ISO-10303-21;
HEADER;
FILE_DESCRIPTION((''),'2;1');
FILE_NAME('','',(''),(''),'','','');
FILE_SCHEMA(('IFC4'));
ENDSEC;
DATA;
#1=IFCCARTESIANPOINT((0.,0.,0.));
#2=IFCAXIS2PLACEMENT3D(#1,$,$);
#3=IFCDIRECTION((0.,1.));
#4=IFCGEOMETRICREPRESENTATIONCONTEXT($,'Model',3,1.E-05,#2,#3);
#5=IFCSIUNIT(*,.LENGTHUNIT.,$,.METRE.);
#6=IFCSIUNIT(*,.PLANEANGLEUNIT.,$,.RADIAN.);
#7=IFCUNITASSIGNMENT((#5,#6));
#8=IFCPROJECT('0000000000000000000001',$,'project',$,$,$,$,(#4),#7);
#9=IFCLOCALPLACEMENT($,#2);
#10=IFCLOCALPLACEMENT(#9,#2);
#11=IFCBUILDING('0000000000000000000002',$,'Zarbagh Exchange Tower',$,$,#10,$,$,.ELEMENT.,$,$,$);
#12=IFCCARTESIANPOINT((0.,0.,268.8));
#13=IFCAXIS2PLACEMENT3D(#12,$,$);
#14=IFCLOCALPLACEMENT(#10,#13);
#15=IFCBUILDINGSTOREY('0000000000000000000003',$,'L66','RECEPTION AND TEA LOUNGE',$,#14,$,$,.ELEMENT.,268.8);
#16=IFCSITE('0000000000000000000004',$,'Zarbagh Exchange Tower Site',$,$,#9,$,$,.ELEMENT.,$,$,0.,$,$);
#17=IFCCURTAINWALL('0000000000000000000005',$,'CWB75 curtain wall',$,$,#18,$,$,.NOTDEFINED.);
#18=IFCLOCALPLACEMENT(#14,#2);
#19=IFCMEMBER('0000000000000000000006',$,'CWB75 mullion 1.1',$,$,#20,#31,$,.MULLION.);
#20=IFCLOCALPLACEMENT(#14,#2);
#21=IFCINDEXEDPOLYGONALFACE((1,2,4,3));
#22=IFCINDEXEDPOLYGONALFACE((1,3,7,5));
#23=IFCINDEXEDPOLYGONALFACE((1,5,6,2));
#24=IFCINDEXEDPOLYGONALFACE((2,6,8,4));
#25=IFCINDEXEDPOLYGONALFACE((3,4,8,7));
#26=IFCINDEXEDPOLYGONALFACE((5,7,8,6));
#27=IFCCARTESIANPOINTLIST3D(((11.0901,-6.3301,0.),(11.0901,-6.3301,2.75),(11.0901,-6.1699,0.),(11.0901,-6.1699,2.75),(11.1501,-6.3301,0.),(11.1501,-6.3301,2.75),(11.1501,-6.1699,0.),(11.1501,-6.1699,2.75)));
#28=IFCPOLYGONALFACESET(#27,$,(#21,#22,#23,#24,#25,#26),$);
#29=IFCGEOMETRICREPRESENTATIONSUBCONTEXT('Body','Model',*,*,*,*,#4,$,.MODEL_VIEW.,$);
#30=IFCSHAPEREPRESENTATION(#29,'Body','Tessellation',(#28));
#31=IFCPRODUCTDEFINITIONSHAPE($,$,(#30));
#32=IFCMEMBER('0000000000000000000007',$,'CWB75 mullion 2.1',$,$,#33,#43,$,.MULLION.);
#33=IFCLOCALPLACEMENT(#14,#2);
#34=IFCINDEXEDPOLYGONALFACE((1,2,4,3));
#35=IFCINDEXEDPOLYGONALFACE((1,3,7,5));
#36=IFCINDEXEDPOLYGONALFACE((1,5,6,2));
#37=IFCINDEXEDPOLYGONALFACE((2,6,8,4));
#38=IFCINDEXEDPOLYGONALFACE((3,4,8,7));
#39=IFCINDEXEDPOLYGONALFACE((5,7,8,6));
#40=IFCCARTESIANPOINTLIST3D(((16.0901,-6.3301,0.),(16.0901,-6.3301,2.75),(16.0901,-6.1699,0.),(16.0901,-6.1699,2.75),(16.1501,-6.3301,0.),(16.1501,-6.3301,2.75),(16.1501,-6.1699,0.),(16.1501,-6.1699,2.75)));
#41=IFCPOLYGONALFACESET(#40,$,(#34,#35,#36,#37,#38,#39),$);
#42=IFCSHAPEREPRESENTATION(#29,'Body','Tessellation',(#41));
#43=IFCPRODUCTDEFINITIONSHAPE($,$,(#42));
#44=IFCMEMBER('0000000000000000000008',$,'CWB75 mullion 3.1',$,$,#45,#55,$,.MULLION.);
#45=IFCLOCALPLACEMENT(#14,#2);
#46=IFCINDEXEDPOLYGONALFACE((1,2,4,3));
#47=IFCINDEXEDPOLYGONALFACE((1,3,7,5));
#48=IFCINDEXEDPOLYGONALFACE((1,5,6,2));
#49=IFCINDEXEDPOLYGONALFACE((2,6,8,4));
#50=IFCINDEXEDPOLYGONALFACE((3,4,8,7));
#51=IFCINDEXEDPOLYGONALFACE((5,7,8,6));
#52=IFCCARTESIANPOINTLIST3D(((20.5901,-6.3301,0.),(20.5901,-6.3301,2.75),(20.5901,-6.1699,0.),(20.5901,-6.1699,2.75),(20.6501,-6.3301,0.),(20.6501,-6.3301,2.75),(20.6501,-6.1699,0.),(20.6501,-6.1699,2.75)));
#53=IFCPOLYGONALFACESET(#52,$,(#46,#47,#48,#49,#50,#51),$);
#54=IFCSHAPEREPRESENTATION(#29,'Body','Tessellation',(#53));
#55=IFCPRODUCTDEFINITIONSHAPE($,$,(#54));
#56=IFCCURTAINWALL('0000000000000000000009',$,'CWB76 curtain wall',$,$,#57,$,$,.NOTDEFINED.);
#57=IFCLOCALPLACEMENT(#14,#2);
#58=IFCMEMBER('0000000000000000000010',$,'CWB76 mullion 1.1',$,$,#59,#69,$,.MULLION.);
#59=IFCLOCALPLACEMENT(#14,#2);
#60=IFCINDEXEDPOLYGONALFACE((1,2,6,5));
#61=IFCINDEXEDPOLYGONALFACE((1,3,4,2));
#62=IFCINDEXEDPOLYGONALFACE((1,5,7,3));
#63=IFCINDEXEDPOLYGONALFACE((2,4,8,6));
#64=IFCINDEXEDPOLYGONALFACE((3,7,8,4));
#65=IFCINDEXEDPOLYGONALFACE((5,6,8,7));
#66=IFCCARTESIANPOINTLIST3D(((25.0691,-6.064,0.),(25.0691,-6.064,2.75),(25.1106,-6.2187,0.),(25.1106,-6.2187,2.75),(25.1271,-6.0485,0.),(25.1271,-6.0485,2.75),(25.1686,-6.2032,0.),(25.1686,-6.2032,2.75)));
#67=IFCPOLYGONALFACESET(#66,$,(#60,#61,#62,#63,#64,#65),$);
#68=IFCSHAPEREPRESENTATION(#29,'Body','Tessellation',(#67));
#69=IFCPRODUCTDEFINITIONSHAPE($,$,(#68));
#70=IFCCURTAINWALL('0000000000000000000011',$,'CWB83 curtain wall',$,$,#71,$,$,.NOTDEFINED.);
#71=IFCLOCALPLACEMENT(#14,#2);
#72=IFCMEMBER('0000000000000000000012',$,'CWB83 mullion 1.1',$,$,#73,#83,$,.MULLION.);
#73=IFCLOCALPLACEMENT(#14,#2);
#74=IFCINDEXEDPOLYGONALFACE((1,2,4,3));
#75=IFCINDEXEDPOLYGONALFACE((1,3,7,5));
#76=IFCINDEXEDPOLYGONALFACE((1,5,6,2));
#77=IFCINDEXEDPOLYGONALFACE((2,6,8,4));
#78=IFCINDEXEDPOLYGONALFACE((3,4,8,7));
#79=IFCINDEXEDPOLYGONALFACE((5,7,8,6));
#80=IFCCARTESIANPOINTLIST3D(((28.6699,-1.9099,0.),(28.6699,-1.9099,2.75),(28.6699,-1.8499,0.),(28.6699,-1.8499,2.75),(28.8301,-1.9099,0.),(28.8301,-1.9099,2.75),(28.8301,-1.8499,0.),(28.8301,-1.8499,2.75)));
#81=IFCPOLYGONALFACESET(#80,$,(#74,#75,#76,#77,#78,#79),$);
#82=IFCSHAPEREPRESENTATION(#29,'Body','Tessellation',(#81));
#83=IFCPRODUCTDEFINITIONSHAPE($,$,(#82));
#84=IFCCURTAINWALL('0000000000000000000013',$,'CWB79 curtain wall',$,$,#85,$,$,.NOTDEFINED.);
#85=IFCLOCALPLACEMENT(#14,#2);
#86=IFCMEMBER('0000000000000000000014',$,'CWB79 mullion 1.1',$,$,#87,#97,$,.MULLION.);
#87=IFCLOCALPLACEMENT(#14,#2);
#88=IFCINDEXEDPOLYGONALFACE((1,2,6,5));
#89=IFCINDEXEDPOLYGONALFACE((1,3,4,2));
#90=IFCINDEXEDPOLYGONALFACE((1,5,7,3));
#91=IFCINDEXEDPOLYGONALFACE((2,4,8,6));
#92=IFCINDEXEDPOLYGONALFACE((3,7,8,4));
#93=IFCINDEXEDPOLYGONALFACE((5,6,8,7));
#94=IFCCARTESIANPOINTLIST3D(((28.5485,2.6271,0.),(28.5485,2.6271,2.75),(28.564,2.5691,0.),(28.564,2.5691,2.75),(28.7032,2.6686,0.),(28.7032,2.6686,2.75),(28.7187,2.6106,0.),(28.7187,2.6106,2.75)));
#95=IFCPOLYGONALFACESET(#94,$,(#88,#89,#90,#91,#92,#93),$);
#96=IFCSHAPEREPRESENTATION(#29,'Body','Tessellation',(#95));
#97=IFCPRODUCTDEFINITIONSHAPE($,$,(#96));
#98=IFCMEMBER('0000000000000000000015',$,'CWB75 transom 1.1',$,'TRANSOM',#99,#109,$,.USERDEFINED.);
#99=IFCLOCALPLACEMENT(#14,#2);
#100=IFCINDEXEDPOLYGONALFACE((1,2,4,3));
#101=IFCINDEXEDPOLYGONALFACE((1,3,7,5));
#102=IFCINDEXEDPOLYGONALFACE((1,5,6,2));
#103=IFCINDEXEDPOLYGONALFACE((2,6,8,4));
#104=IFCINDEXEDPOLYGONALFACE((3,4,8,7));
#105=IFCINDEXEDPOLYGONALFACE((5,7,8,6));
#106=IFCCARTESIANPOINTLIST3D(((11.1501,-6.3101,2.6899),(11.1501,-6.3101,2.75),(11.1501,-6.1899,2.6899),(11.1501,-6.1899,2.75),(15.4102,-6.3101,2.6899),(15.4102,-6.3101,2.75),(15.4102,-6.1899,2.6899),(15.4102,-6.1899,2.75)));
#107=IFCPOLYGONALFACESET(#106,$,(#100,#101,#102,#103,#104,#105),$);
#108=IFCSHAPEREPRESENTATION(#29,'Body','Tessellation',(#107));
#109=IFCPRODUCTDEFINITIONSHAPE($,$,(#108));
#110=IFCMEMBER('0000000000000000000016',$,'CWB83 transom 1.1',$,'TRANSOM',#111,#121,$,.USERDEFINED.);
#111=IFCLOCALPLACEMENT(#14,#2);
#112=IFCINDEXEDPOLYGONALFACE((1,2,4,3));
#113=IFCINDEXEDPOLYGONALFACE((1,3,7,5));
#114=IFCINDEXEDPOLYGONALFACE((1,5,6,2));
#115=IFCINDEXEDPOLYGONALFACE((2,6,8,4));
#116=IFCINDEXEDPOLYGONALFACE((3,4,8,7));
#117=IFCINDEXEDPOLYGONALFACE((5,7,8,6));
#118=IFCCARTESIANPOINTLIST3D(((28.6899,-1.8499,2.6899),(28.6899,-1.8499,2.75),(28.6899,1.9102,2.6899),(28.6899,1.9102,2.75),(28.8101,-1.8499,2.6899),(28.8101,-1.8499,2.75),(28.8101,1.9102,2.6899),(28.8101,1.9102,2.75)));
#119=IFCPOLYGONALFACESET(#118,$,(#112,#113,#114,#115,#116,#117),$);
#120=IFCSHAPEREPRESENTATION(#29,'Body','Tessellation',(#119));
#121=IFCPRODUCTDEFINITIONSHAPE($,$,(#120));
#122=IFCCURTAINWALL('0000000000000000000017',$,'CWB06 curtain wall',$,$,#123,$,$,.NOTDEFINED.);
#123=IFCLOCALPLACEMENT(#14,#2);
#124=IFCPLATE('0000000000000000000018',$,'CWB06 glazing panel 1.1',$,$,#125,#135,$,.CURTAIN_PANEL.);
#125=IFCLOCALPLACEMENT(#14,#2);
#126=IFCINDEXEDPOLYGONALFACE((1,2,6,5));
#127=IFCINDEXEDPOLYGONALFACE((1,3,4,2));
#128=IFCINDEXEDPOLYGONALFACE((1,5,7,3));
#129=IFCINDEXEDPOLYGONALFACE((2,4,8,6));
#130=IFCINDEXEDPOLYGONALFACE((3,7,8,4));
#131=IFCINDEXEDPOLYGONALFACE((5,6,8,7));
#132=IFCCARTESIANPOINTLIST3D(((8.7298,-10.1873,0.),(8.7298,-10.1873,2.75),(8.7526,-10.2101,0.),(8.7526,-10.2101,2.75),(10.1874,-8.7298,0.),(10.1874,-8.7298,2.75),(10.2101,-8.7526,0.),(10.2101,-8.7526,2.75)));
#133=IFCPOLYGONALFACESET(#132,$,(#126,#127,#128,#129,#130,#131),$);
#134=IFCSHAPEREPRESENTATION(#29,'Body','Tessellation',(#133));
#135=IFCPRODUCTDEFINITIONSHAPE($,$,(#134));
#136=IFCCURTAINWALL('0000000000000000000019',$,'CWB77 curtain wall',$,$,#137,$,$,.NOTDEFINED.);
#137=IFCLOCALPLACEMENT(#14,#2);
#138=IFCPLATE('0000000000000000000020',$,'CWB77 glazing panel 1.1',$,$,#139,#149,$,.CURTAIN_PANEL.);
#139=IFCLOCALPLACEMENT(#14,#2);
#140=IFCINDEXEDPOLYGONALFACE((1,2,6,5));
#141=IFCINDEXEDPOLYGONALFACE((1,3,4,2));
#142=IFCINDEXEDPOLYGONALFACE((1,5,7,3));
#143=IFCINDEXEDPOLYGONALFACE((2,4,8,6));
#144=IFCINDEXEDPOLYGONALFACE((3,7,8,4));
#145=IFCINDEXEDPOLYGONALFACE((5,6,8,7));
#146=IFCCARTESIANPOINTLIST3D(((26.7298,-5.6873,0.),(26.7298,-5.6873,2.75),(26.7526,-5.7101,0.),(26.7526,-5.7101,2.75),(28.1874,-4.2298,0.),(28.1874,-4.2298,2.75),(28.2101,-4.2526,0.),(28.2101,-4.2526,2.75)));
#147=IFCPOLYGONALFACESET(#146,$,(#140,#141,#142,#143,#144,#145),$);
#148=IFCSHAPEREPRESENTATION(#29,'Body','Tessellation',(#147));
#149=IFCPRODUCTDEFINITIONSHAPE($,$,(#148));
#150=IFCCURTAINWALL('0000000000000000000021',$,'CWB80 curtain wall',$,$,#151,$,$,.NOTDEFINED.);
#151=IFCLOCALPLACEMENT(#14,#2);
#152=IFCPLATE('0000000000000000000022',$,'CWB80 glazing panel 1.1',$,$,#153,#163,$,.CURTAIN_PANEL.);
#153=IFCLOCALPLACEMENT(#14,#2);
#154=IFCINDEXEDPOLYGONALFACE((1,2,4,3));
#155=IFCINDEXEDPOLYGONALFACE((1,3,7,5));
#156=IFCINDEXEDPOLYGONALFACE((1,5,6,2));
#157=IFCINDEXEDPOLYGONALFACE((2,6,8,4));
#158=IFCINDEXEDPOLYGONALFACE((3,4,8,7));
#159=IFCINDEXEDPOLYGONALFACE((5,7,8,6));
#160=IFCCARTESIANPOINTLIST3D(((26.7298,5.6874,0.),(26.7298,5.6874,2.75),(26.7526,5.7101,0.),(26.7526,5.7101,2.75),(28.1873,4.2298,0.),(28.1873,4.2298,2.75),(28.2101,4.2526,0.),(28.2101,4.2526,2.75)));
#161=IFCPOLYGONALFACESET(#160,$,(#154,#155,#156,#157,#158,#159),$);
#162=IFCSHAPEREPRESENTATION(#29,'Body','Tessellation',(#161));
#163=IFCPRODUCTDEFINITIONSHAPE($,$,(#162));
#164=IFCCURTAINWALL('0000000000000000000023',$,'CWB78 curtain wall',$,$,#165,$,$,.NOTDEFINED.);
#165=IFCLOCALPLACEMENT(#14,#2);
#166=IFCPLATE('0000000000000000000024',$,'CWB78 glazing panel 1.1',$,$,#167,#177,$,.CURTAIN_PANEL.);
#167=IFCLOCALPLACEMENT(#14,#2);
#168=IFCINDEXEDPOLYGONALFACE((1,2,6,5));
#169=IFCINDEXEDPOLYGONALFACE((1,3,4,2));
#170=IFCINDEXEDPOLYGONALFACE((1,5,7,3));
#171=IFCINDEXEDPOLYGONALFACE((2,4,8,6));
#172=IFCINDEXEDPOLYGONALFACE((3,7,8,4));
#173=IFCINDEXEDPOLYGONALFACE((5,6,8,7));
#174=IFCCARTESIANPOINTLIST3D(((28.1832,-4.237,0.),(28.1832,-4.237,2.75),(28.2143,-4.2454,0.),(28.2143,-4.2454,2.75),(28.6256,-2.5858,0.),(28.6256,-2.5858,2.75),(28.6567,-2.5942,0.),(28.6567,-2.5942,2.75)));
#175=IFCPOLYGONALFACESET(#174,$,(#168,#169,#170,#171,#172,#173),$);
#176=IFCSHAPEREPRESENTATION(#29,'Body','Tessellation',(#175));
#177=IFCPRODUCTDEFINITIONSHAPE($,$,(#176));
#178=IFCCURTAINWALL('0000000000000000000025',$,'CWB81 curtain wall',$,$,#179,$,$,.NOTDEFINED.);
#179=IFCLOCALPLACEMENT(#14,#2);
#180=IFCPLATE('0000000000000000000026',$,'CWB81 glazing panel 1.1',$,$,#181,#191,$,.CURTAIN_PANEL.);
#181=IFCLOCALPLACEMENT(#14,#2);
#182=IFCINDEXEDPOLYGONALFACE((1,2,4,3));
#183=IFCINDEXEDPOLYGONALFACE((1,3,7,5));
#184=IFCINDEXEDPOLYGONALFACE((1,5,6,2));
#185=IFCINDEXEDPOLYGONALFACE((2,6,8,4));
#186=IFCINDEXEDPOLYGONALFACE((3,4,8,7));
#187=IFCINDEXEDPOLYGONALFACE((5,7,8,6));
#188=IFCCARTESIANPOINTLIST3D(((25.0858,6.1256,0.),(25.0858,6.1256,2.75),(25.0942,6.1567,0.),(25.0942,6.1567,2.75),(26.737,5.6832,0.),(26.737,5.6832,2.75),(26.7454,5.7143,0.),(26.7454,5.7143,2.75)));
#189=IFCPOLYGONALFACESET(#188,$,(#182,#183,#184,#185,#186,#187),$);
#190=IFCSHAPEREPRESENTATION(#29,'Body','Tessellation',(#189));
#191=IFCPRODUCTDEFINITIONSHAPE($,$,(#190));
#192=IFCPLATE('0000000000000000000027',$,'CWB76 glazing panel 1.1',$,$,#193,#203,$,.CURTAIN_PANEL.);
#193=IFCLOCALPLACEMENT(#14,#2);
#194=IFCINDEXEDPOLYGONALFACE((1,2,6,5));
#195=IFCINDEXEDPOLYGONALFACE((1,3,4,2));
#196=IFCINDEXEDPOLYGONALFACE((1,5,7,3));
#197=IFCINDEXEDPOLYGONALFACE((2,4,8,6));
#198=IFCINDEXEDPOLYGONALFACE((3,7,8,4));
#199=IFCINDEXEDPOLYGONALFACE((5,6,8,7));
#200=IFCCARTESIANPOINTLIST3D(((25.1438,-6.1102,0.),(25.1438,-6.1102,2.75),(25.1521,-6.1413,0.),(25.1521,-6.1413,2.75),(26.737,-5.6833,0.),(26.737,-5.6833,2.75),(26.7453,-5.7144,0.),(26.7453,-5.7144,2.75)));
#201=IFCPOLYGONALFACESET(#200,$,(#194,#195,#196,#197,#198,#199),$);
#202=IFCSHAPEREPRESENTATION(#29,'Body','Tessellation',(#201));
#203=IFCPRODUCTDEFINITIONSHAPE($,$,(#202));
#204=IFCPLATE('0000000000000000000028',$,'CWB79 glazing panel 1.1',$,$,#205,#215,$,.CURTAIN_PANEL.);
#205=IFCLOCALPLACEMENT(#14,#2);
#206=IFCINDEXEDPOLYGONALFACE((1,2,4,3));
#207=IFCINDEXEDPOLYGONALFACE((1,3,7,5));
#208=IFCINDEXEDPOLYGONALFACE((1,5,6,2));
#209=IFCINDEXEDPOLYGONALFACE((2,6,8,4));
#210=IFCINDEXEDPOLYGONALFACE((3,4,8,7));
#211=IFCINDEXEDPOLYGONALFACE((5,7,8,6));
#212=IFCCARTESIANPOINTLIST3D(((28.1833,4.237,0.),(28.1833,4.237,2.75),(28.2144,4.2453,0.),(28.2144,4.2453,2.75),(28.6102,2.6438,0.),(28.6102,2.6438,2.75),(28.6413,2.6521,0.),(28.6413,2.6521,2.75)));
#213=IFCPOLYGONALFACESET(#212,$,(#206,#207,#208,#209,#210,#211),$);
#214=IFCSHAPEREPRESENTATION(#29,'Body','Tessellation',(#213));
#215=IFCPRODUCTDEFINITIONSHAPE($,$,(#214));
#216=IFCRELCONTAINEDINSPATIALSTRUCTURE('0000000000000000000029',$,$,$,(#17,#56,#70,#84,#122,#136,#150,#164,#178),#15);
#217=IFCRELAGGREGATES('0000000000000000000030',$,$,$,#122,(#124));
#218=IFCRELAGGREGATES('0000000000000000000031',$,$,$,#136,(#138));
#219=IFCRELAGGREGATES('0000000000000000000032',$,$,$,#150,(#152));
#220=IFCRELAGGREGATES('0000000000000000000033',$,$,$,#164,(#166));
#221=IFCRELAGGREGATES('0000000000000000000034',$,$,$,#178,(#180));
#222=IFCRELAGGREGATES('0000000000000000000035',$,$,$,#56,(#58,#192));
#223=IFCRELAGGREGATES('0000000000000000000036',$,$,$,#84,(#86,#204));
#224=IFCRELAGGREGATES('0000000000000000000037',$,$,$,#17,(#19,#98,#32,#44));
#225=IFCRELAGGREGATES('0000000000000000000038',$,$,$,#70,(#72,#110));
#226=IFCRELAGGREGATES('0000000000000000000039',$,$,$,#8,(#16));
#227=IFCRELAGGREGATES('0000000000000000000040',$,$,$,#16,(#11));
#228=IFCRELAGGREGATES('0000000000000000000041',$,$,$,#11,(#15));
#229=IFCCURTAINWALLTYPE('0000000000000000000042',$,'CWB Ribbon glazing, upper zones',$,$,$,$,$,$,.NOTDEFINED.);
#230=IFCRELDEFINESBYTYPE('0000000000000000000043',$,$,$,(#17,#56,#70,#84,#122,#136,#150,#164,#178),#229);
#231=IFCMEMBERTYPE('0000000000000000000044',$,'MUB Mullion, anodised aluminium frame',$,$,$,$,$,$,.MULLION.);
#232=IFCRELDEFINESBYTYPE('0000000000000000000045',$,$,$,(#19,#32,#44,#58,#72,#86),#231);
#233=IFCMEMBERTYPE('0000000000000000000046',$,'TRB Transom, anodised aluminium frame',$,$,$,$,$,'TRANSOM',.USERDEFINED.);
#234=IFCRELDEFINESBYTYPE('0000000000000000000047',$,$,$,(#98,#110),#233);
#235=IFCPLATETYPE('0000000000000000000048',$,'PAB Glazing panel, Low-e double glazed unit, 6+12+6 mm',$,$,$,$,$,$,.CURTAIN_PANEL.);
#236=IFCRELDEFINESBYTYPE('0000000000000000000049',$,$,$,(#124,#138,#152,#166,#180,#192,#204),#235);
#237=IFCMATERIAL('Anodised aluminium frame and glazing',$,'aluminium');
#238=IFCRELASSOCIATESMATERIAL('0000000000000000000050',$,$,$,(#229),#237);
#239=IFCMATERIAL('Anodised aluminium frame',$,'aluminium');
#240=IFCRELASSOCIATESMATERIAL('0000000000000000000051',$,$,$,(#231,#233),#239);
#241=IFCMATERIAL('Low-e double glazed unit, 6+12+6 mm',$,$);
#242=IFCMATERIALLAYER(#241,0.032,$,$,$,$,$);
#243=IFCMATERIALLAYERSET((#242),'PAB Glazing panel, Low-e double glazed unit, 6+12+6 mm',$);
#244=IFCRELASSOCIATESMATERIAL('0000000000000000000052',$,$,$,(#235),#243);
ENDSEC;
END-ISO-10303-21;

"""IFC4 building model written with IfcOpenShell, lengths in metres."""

from ifc_helpers import new_model, si_unit, direction, frame, origin, place, context, subcontext, project, spatial, polyline, outline, extrude, source, transform, mapped, material, layer, layer_set, type_object, element, aggregate, save


model = new_model("IFC4")

# Units and contexts
model_context = context("Model", 3, precision=1e-05, world=origin(), true_north=direction((0.0, 1.0)))
body_context = subcontext(model_context, "Body", "Model", "MODEL_VIEW")
ifc_project = project(units=[si_unit("LENGTHUNIT", "METRE"), si_unit("PLANEANGLEUNIT", "RADIAN")], contexts=[model_context])

# Site, building, storey
site_placement = place(None, origin())
site = spatial("IfcSite", under=ifc_project, at=site_placement, Name="Zarbagh Exchange Tower Site", CompositionType="ELEMENT", RefElevation=0.0)
building_placement = place(site_placement, origin())
building = spatial("IfcBuilding", under=site, at=building_placement, Name="Zarbagh Exchange Tower", CompositionType="ELEMENT")
storey_placement = place(building_placement, frame((0.0, 0.0, 268.8)))
storey = spatial("IfcBuildingStorey", under=building, at=storey_placement, Name="L66", Description="RECEPTION AND TEA LOUNGE", CompositionType="ELEMENT", Elevation=268.8)

# Curtain wall, members
ifc_material_1 = material(Name="Anodised aluminium frame and glazing", Category="aluminium")
curtain_wall_type = type_object("IfcCurtainWallType", Name="CWB Ribbon glazing, upper zones", PredefinedType="NOTDEFINED", material=ifc_material_1)
curtain_wall_1_placement = place(storey_placement, origin())
curtain_wall_1 = element("IfcCurtainWall", 1, at=curtain_wall_1_placement, inside=storey, type_object=curtain_wall_type, Name="CWB75 curtain wall", PredefinedType="NOTDEFINED")
ifc_material_2 = material(Name="Anodised aluminium frame", Category="aluminium")
member_type_1 = type_object("IfcMemberType", Name="MUB Mullion, anodised aluminium frame", PredefinedType="MULLION", material=ifc_material_2)
shared_shape_1 = source(origin(), body_context, "Body", "SweptSolid", [
    extrude(outline(polyline([(0.0, -0.0801), (0.0601, -0.0801), (0.0601, 0.0801), (0.0, 0.0801), (0.0, -0.0801)])), origin(), (0.0, 0.0, 1.0), 2.75),
])
placement = place(storey_placement, origin())
member_1 = element("IfcMember", 2, at=placement, type_object=member_type_1, Name="CWB75 mullion 1.1", PredefinedType="MULLION", context=body_context, shape_type="MappedRepresentation", body=[
    mapped(shared_shape_1, transform((11.0901, -6.25, 0.0), x_axis=(1.0, 0.0, 0.0), y_axis=(0.0, 1.0, 0.0), z_axis=(0.0, 0.0, 1.0))),
])
member_2 = element("IfcMember", 3, at=placement, type_object=member_type_1, Name="CWB75 mullion 2.1", PredefinedType="MULLION", context=body_context, shape_type="MappedRepresentation", body=[
    mapped(shared_shape_1, transform((16.0901, -6.25, 0.0), x_axis=(1.0, 0.0, 0.0), y_axis=(0.0, 1.0, 0.0), z_axis=(0.0, 0.0, 1.0))),
])
member_3 = element("IfcMember", 4, at=placement, type_object=member_type_1, Name="CWB75 mullion 3.1", PredefinedType="MULLION", context=body_context, shape_type="MappedRepresentation", body=[
    mapped(shared_shape_1, transform((20.5901, -6.25, 0.0), x_axis=(1.0, 0.0, 0.0), y_axis=(0.0, 1.0, 0.0), z_axis=(0.0, 0.0, 1.0))),
])

# Curtain walls, members
curtain_wall_2_placement = place(storey_placement, origin())
curtain_wall_2 = element("IfcCurtainWall", 5, at=curtain_wall_2_placement, inside=storey, type_object=curtain_wall_type, Name="CWB76 curtain wall", PredefinedType="NOTDEFINED")
member_4 = element("IfcMember", 6, at=placement, type_object=member_type_1, Name="CWB76 mullion 1.1", PredefinedType="MULLION", context=body_context, shape_type="MappedRepresentation", body=[
    mapped(shared_shape_1, transform((25.0898, -6.1414, 0.0), x_axis=(0.965924, 0.258825, 0.0), y_axis=(-0.258825, 0.965924, 0.0), z_axis=(0.0, 0.0, 1.0))),
])
curtain_wall_3_placement = place(storey_placement, origin())
curtain_wall_3 = element("IfcCurtainWall", 7, at=curtain_wall_3_placement, inside=storey, type_object=curtain_wall_type, Name="CWB83 curtain wall", PredefinedType="NOTDEFINED")
member_5 = element("IfcMember", 8, at=placement, type_object=member_type_1, Name="CWB83 mullion 1.1", PredefinedType="MULLION", context=body_context, shape_type="MappedRepresentation", body=[
    mapped(shared_shape_1, transform((28.75, -1.9099, 0.0), x_axis=(0.0, 1.0, 0.0), y_axis=(-1.0, 0.0, 0.0), z_axis=(0.0, 0.0, 1.0))),
])
curtain_wall_4_placement = place(storey_placement, origin())
curtain_wall_4 = element("IfcCurtainWall", 9, at=curtain_wall_4_placement, inside=storey, type_object=curtain_wall_type, Name="CWB79 curtain wall", PredefinedType="NOTDEFINED")
member_6 = element("IfcMember", 10, at=placement, type_object=member_type_1, Name="CWB79 mullion 1.1", PredefinedType="MULLION", context=body_context, shape_type="MappedRepresentation", body=[
    mapped(shared_shape_1, transform((28.6414, 2.5898, 0.0), x_axis=(-0.258825, 0.965924, 0.0), y_axis=(-0.965924, -0.258825, 0.0), z_axis=(0.0, 0.0, 1.0))),
])

# Members
member_type_2 = type_object("IfcMemberType", Name="TRB Transom, anodised aluminium frame", ElementType="TRANSOM", PredefinedType="USERDEFINED", material=ifc_material_2)
shared_shape_2 = source(origin(), body_context, "Body", "SweptSolid", [
    extrude(outline(polyline([(-0.0601, -0.0601), (0.0, -0.0601), (0.0, 0.0601), (-0.0601, 0.0601), (-0.0601, -0.0601)])), origin(), (0.0, 0.0, 1.0), 4.26),
])
member_7 = element("IfcMember", 11, at=placement, type_object=member_type_2, Name="CWB75 transom 1.1", ObjectType="TRANSOM", PredefinedType="USERDEFINED", context=body_context, shape_type="MappedRepresentation", body=[
    mapped(shared_shape_2, transform((11.1501, -6.25, 2.75), x_axis=(0.0, 0.0, 1.0), y_axis=(0.0, -1.0, 0.0), z_axis=(1.0, 0.0, 0.0))),
])
shared_shape_3 = source(origin(), body_context, "Body", "SweptSolid", [
    extrude(outline(polyline([(-0.0601, -0.0601), (0.0, -0.0601), (0.0, 0.0601), (-0.0601, 0.0601), (-0.0601, -0.0601)])), origin(), (0.0, 0.0, 1.0), 3.76),
])
member_8 = element("IfcMember", 12, at=placement, type_object=member_type_2, Name="CWB83 transom 1.1", ObjectType="TRANSOM", PredefinedType="USERDEFINED", context=body_context, shape_type="MappedRepresentation", body=[
    mapped(shared_shape_3, transform((28.75, -1.8499, 2.75), x_axis=(0.0, 0.0, 1.0), y_axis=(1.0, 0.0, 0.0), z_axis=(0.0, 1.0, 0.0))),
])

# Curtain walls, plates
curtain_wall_5_placement = place(storey_placement, origin())
curtain_wall_5 = element("IfcCurtainWall", 13, at=curtain_wall_5_placement, inside=storey, type_object=curtain_wall_type, Name="CWB06 curtain wall", PredefinedType="NOTDEFINED")
ifc_material_3 = material(Name="Low-e double glazed unit, 6+12+6 mm")
ifc_layer = layer(ifc_material_3, 0.032)
ifc_layer_set = layer_set([ifc_layer], Name="PAB Glazing panel, Low-e double glazed unit, 6+12+6 mm")
plate_type = type_object("IfcPlateType", Name="PAB Glazing panel, Low-e double glazed unit, 6+12+6 mm", PredefinedType="CURTAIN_PANEL", material=ifc_layer_set)
shared_shape_4 = source(origin(), body_context, "Body", "SweptSolid", [
    extrude(outline(polyline([(0.0, -0.0161), (2.0613, -0.0161), (2.0613, 0.0161), (0.0, 0.0161), (0.0, -0.0161)])), origin(), (0.0, 0.0, 1.0), 2.75),
])
plate_1 = element("IfcPlate", 14, at=placement, type_object=plate_type, Name="CWB06 glazing panel 1.1", PredefinedType="CURTAIN_PANEL", context=body_context, shape_type="MappedRepresentation", body=[
    mapped(shared_shape_4, transform((8.7412, -10.1987, 0.0), x_axis=(0.707107, 0.707107, 0.0), y_axis=(-0.707107, 0.707107, 0.0), z_axis=(0.0, 0.0, 1.0))),
])
aggregate(curtain_wall_5, [plate_1])
curtain_wall_6_placement = place(storey_placement, origin())
curtain_wall_6 = element("IfcCurtainWall", 15, at=curtain_wall_6_placement, inside=storey, type_object=curtain_wall_type, Name="CWB77 curtain wall", PredefinedType="NOTDEFINED")
plate_2 = element("IfcPlate", 16, at=placement, type_object=plate_type, Name="CWB77 glazing panel 1.1", PredefinedType="CURTAIN_PANEL", context=body_context, shape_type="MappedRepresentation", body=[
    mapped(shared_shape_4, transform((26.7412, -5.6987, 0.0), x_axis=(0.707107, 0.707107, 0.0), y_axis=(-0.707107, 0.707107, 0.0), z_axis=(0.0, 0.0, 1.0))),
])
aggregate(curtain_wall_6, [plate_2])
curtain_wall_7_placement = place(storey_placement, origin())
curtain_wall_7 = element("IfcCurtainWall", 17, at=curtain_wall_7_placement, inside=storey, type_object=curtain_wall_type, Name="CWB80 curtain wall", PredefinedType="NOTDEFINED")
plate_3 = element("IfcPlate", 18, at=placement, type_object=plate_type, Name="CWB80 glazing panel 1.1", PredefinedType="CURTAIN_PANEL", context=body_context, shape_type="MappedRepresentation", body=[
    mapped(shared_shape_4, transform((28.1987, 4.2412, 0.0), x_axis=(-0.707107, 0.707107, 0.0), y_axis=(-0.707107, -0.707107, 0.0), z_axis=(0.0, 0.0, 1.0))),
])
aggregate(curtain_wall_7, [plate_3])
curtain_wall_8_placement = place(storey_placement, origin())
curtain_wall_8 = element("IfcCurtainWall", 19, at=curtain_wall_8_placement, inside=storey, type_object=curtain_wall_type, Name="CWB78 curtain wall", PredefinedType="NOTDEFINED")
shared_shape_5 = source(origin(), body_context, "Body", "SweptSolid", [
    extrude(outline(polyline([(0.0, -0.0161), (1.7095, -0.0161), (1.7095, 0.0161), (0.0, 0.0161), (0.0, -0.0161)])), origin(), (0.0, 0.0, 1.0), 2.75),
])
plate_4 = element("IfcPlate", 20, at=placement, type_object=plate_type, Name="CWB78 glazing panel 1.1", PredefinedType="CURTAIN_PANEL", context=body_context, shape_type="MappedRepresentation", body=[
    mapped(shared_shape_5, transform((28.1987, -4.2412, 0.0), x_axis=(0.258825, 0.965924, 0.0), y_axis=(-0.965924, 0.258825, 0.0), z_axis=(0.0, 0.0, 1.0))),
])
aggregate(curtain_wall_8, [plate_4])
curtain_wall_9_placement = place(storey_placement, origin())
curtain_wall_9 = element("IfcCurtainWall", 21, at=curtain_wall_9_placement, inside=storey, type_object=curtain_wall_type, Name="CWB81 curtain wall", PredefinedType="NOTDEFINED")
plate_5 = element("IfcPlate", 22, at=placement, type_object=plate_type, Name="CWB81 glazing panel 1.1", PredefinedType="CURTAIN_PANEL", context=body_context, shape_type="MappedRepresentation", body=[
    mapped(shared_shape_5, transform((26.7412, 5.6987, 0.0), x_axis=(-0.965924, 0.258825, 0.0), y_axis=(-0.258825, -0.965924, 0.0), z_axis=(0.0, 0.0, 1.0))),
])
aggregate(curtain_wall_9, [plate_5])

# Plates
shared_shape_6 = source(origin(), body_context, "Body", "SweptSolid", [
    extrude(outline(polyline([(0.0, -0.0161), (1.6494, -0.0161), (1.6494, 0.0161), (0.0, 0.0161), (0.0, -0.0161)])), origin(), (0.0, 0.0, 1.0), 2.75),
])
plate_6 = element("IfcPlate", 23, at=placement, type_object=plate_type, Name="CWB76 glazing panel 1.1", PredefinedType="CURTAIN_PANEL", context=body_context, shape_type="MappedRepresentation", body=[
    mapped(shared_shape_6, transform((25.1479, -6.1257, 0.0), x_axis=(0.965924, 0.258825, 0.0), y_axis=(-0.258825, 0.965924, 0.0), z_axis=(0.0, 0.0, 1.0))),
])
aggregate(curtain_wall_2, [member_4, plate_6])
plate_7 = element("IfcPlate", 24, at=placement, type_object=plate_type, Name="CWB79 glazing panel 1.1", PredefinedType="CURTAIN_PANEL", context=body_context, shape_type="MappedRepresentation", body=[
    mapped(shared_shape_6, transform((28.6257, 2.6479, 0.0), x_axis=(-0.258825, 0.965924, 0.0), y_axis=(-0.965924, -0.258825, 0.0), z_axis=(0.0, 0.0, 1.0))),
])
aggregate(curtain_wall_4, [member_6, plate_7])

aggregate(curtain_wall_1, [member_1, member_7, member_2, member_3])
aggregate(curtain_wall_3, [member_5, member_8])

save(model, "model.ifc")
